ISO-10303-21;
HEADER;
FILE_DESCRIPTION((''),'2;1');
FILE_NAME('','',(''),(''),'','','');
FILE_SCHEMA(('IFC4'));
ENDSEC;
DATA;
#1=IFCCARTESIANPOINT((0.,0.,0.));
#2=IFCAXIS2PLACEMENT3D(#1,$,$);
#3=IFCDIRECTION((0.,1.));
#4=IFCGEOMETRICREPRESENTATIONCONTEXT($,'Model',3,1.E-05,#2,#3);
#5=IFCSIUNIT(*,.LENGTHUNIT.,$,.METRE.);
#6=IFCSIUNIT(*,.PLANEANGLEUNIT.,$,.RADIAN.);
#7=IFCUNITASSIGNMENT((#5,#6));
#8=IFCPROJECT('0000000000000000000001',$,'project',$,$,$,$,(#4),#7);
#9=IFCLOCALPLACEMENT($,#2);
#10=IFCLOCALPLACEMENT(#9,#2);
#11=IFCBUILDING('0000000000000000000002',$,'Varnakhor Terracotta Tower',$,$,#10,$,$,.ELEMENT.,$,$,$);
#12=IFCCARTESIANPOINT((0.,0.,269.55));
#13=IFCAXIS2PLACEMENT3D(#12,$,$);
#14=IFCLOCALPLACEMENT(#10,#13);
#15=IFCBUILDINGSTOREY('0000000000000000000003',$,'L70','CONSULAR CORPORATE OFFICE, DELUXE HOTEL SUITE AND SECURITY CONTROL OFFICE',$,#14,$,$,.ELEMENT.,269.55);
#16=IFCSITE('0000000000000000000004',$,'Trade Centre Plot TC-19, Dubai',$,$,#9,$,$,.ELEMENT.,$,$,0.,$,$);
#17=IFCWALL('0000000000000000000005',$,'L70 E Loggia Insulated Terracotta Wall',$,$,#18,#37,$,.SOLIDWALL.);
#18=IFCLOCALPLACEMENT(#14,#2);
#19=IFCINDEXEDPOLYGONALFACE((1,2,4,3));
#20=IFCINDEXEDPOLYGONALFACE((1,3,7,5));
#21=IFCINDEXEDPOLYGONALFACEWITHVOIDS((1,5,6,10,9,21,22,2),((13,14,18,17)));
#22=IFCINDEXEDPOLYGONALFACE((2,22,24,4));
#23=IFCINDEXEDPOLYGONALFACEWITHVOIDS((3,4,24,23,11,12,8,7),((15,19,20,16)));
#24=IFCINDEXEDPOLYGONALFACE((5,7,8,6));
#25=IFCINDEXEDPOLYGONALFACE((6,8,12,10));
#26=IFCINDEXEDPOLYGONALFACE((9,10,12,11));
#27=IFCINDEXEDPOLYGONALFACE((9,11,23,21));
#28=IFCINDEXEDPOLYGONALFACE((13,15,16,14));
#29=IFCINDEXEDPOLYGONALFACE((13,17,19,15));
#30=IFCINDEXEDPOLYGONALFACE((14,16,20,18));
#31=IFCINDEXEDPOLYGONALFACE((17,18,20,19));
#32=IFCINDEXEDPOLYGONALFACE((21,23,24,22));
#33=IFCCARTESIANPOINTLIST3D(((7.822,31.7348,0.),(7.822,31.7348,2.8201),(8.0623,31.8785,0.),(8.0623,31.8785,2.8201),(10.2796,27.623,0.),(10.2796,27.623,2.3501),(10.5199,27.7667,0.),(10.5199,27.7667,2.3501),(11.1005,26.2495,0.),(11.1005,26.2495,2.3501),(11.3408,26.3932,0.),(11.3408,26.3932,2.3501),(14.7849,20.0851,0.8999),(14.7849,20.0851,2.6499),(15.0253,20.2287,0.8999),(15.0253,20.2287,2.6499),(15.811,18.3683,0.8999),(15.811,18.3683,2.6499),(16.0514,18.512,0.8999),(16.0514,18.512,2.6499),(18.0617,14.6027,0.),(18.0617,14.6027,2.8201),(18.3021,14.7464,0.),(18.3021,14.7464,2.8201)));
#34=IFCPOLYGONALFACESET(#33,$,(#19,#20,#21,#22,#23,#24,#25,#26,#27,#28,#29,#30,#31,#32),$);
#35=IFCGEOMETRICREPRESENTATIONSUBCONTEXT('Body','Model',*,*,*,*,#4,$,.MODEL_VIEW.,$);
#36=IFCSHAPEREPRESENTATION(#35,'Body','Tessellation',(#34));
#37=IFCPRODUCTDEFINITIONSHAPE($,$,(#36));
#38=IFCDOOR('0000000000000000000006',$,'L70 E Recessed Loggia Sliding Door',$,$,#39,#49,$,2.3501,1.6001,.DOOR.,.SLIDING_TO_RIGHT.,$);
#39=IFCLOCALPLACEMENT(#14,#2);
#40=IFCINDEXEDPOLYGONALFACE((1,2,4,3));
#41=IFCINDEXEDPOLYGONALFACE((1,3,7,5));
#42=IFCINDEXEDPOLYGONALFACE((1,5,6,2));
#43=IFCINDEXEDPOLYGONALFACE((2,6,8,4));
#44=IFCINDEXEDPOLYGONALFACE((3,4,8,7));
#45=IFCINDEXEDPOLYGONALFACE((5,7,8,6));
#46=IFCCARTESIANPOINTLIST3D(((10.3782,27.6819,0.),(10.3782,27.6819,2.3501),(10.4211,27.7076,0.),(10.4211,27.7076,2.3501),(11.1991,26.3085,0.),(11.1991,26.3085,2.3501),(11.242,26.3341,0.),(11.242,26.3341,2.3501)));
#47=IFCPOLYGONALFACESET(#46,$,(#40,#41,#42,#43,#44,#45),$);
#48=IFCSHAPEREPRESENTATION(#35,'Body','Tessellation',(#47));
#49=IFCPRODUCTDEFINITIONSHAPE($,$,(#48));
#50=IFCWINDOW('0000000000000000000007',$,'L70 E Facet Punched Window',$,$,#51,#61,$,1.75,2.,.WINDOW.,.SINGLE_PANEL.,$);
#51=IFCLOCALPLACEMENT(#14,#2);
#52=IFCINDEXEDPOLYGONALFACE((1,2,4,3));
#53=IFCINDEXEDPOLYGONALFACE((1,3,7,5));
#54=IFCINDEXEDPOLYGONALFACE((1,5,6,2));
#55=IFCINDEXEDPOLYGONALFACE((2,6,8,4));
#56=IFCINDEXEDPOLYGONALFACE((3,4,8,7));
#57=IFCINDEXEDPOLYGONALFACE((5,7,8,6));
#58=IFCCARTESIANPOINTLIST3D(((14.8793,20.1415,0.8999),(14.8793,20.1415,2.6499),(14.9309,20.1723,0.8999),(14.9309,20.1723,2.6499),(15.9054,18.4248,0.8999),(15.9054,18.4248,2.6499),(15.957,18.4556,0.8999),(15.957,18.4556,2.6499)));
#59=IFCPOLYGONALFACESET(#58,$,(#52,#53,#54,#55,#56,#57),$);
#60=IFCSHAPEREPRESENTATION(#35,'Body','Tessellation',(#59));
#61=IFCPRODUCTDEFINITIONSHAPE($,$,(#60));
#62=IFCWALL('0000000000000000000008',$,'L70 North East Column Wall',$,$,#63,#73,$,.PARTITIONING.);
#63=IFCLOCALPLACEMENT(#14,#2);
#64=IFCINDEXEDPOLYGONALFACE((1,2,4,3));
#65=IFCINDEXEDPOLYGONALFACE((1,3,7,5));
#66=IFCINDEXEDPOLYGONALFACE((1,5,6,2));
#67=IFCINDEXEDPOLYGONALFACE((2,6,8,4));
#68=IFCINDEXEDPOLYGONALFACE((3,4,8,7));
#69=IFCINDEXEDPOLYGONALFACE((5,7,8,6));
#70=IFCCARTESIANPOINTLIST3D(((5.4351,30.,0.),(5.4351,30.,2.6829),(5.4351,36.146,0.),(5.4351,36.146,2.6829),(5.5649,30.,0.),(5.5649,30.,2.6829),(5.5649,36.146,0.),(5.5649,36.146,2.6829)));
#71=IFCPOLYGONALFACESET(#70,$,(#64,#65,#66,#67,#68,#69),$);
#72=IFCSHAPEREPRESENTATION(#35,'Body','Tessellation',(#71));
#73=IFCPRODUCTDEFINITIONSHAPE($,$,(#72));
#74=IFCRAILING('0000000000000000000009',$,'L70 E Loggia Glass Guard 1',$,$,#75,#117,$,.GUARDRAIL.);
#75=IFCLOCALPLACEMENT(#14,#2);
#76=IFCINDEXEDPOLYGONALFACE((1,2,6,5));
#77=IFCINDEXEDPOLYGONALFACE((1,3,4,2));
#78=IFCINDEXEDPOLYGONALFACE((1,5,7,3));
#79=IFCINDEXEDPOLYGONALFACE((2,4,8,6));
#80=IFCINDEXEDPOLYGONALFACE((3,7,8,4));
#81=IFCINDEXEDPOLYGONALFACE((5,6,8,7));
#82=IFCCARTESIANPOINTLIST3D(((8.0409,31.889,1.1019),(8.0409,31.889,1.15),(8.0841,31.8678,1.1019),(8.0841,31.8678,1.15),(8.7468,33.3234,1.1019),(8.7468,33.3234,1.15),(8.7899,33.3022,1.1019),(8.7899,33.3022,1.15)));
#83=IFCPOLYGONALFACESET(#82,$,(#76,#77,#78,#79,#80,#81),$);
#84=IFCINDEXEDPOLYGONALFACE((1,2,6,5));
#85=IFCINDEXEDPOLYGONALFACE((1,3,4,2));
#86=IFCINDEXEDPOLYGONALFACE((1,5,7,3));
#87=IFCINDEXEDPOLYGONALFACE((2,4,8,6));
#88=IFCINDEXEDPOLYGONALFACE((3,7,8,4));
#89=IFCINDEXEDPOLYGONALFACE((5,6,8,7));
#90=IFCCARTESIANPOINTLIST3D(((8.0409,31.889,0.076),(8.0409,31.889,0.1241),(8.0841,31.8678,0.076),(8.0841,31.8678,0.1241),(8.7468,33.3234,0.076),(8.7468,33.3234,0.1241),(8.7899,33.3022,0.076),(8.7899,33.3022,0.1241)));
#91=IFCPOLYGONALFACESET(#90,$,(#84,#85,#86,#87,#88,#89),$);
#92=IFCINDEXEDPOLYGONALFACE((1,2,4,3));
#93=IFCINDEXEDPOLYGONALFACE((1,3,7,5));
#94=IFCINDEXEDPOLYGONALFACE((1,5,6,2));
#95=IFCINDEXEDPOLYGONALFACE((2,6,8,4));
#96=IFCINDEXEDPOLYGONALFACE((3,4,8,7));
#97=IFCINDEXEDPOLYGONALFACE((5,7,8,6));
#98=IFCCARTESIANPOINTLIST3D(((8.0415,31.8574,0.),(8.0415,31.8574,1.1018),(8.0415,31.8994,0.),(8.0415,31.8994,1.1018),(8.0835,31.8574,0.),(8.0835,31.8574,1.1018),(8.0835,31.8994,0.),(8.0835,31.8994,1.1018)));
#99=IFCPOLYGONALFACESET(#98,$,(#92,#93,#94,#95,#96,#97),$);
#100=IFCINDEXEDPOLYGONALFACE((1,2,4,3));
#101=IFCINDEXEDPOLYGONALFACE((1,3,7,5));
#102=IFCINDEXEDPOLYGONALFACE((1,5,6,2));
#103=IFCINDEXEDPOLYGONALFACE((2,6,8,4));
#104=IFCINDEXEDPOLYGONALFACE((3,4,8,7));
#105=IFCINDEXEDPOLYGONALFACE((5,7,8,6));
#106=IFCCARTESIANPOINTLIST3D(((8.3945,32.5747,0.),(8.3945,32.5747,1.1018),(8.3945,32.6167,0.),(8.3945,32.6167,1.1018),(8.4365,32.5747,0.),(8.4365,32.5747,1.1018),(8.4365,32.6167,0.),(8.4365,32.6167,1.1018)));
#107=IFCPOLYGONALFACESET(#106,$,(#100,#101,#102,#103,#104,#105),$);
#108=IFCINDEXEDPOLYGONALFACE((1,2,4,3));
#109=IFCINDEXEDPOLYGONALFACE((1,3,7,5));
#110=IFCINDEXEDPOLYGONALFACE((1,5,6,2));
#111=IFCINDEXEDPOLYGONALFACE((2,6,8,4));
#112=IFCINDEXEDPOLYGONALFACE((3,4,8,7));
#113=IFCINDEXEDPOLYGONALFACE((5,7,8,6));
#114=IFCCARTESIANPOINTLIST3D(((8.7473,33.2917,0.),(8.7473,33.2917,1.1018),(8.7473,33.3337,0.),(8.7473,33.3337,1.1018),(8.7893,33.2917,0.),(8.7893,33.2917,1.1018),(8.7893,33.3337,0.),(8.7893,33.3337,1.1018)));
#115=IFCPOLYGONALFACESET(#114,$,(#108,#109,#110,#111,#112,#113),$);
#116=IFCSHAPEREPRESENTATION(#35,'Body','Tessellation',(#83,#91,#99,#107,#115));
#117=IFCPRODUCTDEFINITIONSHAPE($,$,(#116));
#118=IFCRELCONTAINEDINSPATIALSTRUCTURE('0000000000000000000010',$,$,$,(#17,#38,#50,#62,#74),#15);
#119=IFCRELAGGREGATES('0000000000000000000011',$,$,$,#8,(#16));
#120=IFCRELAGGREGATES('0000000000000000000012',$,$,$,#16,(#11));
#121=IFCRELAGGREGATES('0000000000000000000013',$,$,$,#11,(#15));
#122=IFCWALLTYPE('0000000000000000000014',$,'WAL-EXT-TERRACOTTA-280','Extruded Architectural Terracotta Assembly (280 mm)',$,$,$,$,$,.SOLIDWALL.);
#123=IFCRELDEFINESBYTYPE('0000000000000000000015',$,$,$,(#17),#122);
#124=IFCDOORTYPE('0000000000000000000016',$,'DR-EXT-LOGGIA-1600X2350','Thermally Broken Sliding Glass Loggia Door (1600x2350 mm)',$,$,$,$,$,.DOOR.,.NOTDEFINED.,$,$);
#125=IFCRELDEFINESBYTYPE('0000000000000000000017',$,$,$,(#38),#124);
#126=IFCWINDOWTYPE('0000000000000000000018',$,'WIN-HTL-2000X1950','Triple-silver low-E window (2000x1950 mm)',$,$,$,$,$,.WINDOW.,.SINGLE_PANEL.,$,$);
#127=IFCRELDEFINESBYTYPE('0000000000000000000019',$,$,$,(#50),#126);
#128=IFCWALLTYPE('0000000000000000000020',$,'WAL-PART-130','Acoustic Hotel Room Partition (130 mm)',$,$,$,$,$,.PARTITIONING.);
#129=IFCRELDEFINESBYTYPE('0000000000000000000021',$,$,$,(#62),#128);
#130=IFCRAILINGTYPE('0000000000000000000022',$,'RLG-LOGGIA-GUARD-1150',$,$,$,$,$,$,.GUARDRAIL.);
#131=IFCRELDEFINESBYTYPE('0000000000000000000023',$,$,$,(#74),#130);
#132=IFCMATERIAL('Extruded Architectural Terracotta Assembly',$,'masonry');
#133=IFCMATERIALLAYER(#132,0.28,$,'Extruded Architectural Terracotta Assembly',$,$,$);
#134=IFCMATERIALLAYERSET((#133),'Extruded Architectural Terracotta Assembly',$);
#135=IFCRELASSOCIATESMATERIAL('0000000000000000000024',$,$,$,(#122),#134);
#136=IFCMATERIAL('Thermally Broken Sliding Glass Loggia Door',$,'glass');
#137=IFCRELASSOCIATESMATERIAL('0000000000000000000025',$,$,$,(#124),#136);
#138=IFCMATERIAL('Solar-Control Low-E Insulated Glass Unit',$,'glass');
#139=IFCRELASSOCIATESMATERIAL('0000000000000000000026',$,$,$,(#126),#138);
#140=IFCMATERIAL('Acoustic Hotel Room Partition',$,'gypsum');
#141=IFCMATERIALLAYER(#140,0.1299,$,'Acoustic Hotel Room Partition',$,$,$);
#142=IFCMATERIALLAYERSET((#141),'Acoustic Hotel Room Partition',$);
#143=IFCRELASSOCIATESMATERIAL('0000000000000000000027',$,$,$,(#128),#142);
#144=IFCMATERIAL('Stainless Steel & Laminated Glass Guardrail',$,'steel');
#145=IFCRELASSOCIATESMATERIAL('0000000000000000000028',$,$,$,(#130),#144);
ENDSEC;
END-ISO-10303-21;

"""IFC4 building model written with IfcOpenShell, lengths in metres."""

from ifc_helpers import new_model, si_unit, direction, frame, frame_2d, origin, origin_2d, place, context, subcontext, project, spatial, rectangle, extrude, source, transform, mapped, material, layer, layer_set, type_object, type_shapes, element, fill, save


model = new_model("IFC4")

# Units and contexts
model_context = context("Model", 3, precision=1e-05, world=origin(), true_north=direction((0.0, 1.0)))
body_context = subcontext(model_context, "Body", "Model", "MODEL_VIEW")
ifc_project = project(units=[si_unit("LENGTHUNIT", "METRE"), si_unit("PLANEANGLEUNIT", "RADIAN")], contexts=[model_context])

# Site, building, storey
site_placement = place(None, origin())
site = spatial("IfcSite", under=ifc_project, at=site_placement, Name="Trade Centre Plot TC-19, Dubai", CompositionType="ELEMENT", RefElevation=0.0)
building_placement = place(site_placement, origin())
building = spatial("IfcBuilding", under=site, at=building_placement, Name="Varnakhor Terracotta Tower", CompositionType="ELEMENT")
storey_placement = place(building_placement, frame((0.0, 0.0, 269.55)))
storey = spatial("IfcBuildingStorey", under=building, at=storey_placement, Name="L70", Description="CONSULAR CORPORATE OFFICE, DELUXE HOTEL SUITE AND SECURITY CONTROL OFFICE", CompositionType="ELEMENT", Elevation=269.55)

# Wall, openings, door, window
ifc_material_1 = material(Name="Extruded Architectural Terracotta Assembly", Category="masonry")
ifc_layer_1 = layer(ifc_material_1, 0.28, Name="Extruded Architectural Terracotta Assembly")
ifc_layer_set_1 = layer_set([ifc_layer_1], Name="Extruded Architectural Terracotta Assembly")
wall_type_1 = type_object("IfcWallType", Name="WAL-EXT-TERRACOTTA-280", Description="Extruded Architectural Terracotta Assembly (280 mm)", PredefinedType="SOLIDWALL", material=ifc_layer_set_1)
wall_1_placement = place(storey_placement, frame((7.9421, 31.8066, 0.0), z_axis=(0.0, 0.0, 1.0), x_axis=(0.51304, -0.858365, 0.0)))
wall_1 = element("IfcWall", 1, at=wall_1_placement, inside=storey, type_object=wall_type_1, Name="L70 E Loggia Insulated Terracotta Wall", PredefinedType="SOLIDWALL", context=body_context, shape_type="SweptSolid", body=[
    extrude(rectangle(XDim=19.959, YDim=0.28, at=frame_2d((9.9795, 0.0))), origin(), (0.0, 0.0, 1.0), 2.8201),
])
opening_1_placement = place(wall_1_placement, frame((4.7903, 0.0, 0.0)))
opening_1 = element("IfcOpeningElement", 2, at=opening_1_placement, cuts=wall_1, PredefinedType="OPENING", context=body_context, shape_type="SweptSolid", body=[
    extrude(rectangle(XDim=1.6001, YDim=2.3501, at=frame_2d((0.8, 1.175))), frame((0.0, 0.1499, 0.0), z_axis=(0.0, -1.0, 0.0), x_axis=(1.0, 0.0, 0.0)), (0.0, 0.0, 1.0), 0.3),
])
opening_2_placement = place(wall_1_placement, frame((13.572, 0.0, 0.8999)))
opening_2 = element("IfcOpeningElement", 3, at=opening_2_placement, cuts=wall_1, PredefinedType="OPENING", context=body_context, shape_type="SweptSolid", body=[
    extrude(rectangle(XDim=2.0, YDim=1.75, at=frame_2d((1.0, 0.875))), frame((0.0, 0.1499, 0.0), z_axis=(0.0, -1.0, 0.0), x_axis=(1.0, 0.0, 0.0)), (0.0, 0.0, 1.0), 0.3),
])
ifc_material_2 = material(Name="Thermally Broken Sliding Glass Loggia Door", Category="glass")
door_type = type_object("IfcDoorType", Name="DR-EXT-LOGGIA-1600X2350", Description="Thermally Broken Sliding Glass Loggia Door (1600x2350 mm)", OperationType="NOTDEFINED", PredefinedType="DOOR", material=ifc_material_2)
shared_shape_1 = source(origin(), body_context, "Body", "SweptSolid", [
    extrude(rectangle(XDim=1.6001, YDim=2.3501, at=frame_2d((0.8, 1.175))), frame((0.0, 0.0249, 0.0), z_axis=(0.0, -1.0, 0.0), x_axis=(1.0, 0.0, 0.0)), (0.0, 0.0, 1.0), 0.05),
])
type_shapes(door_type, [shared_shape_1])
door_placement = place(opening_1_placement, origin())
door = element("IfcDoor", 4, at=door_placement, inside=storey, type_object=door_type, Name="L70 E Recessed Loggia Sliding Door", OperationType="SLIDING_TO_RIGHT", OverallHeight=2.3501, OverallWidth=1.6001, PredefinedType="DOOR", context=body_context, shape_type="MappedRepresentation", body=[
    mapped(shared_shape_1, transform((0.0, 0.0, 0.0), scale=1.0)),
])
fill(opening_1, door)
ifc_material_3 = material(Name="Solar-Control Low-E Insulated Glass Unit", Category="glass")
window_type = type_object("IfcWindowType", Name="WIN-HTL-2000X1950", Description="Triple-silver low-E window (2000x1950 mm)", PartitioningType="SINGLE_PANEL", PredefinedType="WINDOW", material=ifc_material_3)
shared_shape_2 = source(origin(), body_context, "Body", "SweptSolid", [
    extrude(rectangle(XDim=2.0, YDim=1.75, at=frame_2d((1.0, 0.875))), frame((0.0, 0.03, 0.0), z_axis=(0.0, -1.0, 0.0), x_axis=(1.0, 0.0, 0.0)), (0.0, 0.0, 1.0), 0.0601),
])
type_shapes(window_type, [shared_shape_2])
window_placement = place(opening_2_placement, origin())
window = element("IfcWindow", 5, at=window_placement, inside=storey, type_object=window_type, Name="L70 E Facet Punched Window", OverallHeight=1.75, OverallWidth=2.0, PartitioningType="SINGLE_PANEL", PredefinedType="WINDOW", context=body_context, shape_type="MappedRepresentation", body=[
    mapped(shared_shape_2, transform((0.0, 0.0, 0.0), scale=1.0)),
])
fill(opening_2, window)

# Wall
ifc_material_4 = material(Name="Acoustic Hotel Room Partition", Category="gypsum")
ifc_layer_2 = layer(ifc_material_4, 0.1299, Name="Acoustic Hotel Room Partition")
ifc_layer_set_2 = layer_set([ifc_layer_2], Name="Acoustic Hotel Room Partition")
wall_type_2 = type_object("IfcWallType", Name="WAL-PART-130", Description="Acoustic Hotel Room Partition (130 mm)", PredefinedType="PARTITIONING", material=ifc_layer_set_2)
wall_2_placement = place(storey_placement, frame((5.5, 30.0, 0.0), z_axis=(0.0, 0.0, 1.0), x_axis=(0.0, 1.0, 0.0)))
element("IfcWall", 6, at=wall_2_placement, inside=storey, type_object=wall_type_2, Name="L70 North East Column Wall", PredefinedType="PARTITIONING", context=body_context, shape_type="SweptSolid", body=[
    extrude(rectangle(XDim=6.146, YDim=0.1299, at=frame_2d((3.073, 0.0))), origin(), (0.0, 0.0, 1.0), 2.6829),
])

# Railing
ifc_material_5 = material(Name="Stainless Steel & Laminated Glass Guardrail", Category="steel")
railing_type = type_object("IfcRailingType", Name="RLG-LOGGIA-GUARD-1150", PredefinedType="GUARDRAIL", material=ifc_material_5)
railing_1_placement = place(storey_placement, frame((8.0625, 31.8784, 0.0)))
element("IfcRailing", 7, at=railing_1_placement, inside=storey, type_object=railing_type, Name="L70 E Loggia Glass Guard 1", PredefinedType="GUARDRAIL", context=body_context, shape_type="SweptSolid", body=[
    extrude(rectangle(XDim=0.0481, YDim=0.0481, at=origin_2d()), frame((0.0, 0.0, 1.126), z_axis=(0.441523, 0.89725, 0.0), x_axis=(-0.89725, 0.441523, 0.0)), (0.0, 0.0, 1.0), 1.5986),
    extrude(rectangle(XDim=0.0481, YDim=0.0481, at=origin_2d()), frame((0.0, 0.0, 0.1001), z_axis=(0.441523, 0.89725, 0.0), x_axis=(-0.89725, 0.441523, 0.0)), (0.0, 0.0, 1.0), 1.5986),
    extrude(rectangle(XDim=0.042, YDim=0.042, at=origin_2d()), origin(), (0.0, 0.0, 1.0), 1.1018),
    extrude(rectangle(XDim=0.042, YDim=0.042, at=origin_2d()), frame((0.353, 0.7173, 0.0)), (0.0, 0.0, 1.0), 1.1018),
    extrude(rectangle(XDim=0.042, YDim=0.042, at=origin_2d()), frame((0.7058, 1.4343, 0.0)), (0.0, 0.0, 1.0), 1.1018),
])

save(model, "model.ifc")
